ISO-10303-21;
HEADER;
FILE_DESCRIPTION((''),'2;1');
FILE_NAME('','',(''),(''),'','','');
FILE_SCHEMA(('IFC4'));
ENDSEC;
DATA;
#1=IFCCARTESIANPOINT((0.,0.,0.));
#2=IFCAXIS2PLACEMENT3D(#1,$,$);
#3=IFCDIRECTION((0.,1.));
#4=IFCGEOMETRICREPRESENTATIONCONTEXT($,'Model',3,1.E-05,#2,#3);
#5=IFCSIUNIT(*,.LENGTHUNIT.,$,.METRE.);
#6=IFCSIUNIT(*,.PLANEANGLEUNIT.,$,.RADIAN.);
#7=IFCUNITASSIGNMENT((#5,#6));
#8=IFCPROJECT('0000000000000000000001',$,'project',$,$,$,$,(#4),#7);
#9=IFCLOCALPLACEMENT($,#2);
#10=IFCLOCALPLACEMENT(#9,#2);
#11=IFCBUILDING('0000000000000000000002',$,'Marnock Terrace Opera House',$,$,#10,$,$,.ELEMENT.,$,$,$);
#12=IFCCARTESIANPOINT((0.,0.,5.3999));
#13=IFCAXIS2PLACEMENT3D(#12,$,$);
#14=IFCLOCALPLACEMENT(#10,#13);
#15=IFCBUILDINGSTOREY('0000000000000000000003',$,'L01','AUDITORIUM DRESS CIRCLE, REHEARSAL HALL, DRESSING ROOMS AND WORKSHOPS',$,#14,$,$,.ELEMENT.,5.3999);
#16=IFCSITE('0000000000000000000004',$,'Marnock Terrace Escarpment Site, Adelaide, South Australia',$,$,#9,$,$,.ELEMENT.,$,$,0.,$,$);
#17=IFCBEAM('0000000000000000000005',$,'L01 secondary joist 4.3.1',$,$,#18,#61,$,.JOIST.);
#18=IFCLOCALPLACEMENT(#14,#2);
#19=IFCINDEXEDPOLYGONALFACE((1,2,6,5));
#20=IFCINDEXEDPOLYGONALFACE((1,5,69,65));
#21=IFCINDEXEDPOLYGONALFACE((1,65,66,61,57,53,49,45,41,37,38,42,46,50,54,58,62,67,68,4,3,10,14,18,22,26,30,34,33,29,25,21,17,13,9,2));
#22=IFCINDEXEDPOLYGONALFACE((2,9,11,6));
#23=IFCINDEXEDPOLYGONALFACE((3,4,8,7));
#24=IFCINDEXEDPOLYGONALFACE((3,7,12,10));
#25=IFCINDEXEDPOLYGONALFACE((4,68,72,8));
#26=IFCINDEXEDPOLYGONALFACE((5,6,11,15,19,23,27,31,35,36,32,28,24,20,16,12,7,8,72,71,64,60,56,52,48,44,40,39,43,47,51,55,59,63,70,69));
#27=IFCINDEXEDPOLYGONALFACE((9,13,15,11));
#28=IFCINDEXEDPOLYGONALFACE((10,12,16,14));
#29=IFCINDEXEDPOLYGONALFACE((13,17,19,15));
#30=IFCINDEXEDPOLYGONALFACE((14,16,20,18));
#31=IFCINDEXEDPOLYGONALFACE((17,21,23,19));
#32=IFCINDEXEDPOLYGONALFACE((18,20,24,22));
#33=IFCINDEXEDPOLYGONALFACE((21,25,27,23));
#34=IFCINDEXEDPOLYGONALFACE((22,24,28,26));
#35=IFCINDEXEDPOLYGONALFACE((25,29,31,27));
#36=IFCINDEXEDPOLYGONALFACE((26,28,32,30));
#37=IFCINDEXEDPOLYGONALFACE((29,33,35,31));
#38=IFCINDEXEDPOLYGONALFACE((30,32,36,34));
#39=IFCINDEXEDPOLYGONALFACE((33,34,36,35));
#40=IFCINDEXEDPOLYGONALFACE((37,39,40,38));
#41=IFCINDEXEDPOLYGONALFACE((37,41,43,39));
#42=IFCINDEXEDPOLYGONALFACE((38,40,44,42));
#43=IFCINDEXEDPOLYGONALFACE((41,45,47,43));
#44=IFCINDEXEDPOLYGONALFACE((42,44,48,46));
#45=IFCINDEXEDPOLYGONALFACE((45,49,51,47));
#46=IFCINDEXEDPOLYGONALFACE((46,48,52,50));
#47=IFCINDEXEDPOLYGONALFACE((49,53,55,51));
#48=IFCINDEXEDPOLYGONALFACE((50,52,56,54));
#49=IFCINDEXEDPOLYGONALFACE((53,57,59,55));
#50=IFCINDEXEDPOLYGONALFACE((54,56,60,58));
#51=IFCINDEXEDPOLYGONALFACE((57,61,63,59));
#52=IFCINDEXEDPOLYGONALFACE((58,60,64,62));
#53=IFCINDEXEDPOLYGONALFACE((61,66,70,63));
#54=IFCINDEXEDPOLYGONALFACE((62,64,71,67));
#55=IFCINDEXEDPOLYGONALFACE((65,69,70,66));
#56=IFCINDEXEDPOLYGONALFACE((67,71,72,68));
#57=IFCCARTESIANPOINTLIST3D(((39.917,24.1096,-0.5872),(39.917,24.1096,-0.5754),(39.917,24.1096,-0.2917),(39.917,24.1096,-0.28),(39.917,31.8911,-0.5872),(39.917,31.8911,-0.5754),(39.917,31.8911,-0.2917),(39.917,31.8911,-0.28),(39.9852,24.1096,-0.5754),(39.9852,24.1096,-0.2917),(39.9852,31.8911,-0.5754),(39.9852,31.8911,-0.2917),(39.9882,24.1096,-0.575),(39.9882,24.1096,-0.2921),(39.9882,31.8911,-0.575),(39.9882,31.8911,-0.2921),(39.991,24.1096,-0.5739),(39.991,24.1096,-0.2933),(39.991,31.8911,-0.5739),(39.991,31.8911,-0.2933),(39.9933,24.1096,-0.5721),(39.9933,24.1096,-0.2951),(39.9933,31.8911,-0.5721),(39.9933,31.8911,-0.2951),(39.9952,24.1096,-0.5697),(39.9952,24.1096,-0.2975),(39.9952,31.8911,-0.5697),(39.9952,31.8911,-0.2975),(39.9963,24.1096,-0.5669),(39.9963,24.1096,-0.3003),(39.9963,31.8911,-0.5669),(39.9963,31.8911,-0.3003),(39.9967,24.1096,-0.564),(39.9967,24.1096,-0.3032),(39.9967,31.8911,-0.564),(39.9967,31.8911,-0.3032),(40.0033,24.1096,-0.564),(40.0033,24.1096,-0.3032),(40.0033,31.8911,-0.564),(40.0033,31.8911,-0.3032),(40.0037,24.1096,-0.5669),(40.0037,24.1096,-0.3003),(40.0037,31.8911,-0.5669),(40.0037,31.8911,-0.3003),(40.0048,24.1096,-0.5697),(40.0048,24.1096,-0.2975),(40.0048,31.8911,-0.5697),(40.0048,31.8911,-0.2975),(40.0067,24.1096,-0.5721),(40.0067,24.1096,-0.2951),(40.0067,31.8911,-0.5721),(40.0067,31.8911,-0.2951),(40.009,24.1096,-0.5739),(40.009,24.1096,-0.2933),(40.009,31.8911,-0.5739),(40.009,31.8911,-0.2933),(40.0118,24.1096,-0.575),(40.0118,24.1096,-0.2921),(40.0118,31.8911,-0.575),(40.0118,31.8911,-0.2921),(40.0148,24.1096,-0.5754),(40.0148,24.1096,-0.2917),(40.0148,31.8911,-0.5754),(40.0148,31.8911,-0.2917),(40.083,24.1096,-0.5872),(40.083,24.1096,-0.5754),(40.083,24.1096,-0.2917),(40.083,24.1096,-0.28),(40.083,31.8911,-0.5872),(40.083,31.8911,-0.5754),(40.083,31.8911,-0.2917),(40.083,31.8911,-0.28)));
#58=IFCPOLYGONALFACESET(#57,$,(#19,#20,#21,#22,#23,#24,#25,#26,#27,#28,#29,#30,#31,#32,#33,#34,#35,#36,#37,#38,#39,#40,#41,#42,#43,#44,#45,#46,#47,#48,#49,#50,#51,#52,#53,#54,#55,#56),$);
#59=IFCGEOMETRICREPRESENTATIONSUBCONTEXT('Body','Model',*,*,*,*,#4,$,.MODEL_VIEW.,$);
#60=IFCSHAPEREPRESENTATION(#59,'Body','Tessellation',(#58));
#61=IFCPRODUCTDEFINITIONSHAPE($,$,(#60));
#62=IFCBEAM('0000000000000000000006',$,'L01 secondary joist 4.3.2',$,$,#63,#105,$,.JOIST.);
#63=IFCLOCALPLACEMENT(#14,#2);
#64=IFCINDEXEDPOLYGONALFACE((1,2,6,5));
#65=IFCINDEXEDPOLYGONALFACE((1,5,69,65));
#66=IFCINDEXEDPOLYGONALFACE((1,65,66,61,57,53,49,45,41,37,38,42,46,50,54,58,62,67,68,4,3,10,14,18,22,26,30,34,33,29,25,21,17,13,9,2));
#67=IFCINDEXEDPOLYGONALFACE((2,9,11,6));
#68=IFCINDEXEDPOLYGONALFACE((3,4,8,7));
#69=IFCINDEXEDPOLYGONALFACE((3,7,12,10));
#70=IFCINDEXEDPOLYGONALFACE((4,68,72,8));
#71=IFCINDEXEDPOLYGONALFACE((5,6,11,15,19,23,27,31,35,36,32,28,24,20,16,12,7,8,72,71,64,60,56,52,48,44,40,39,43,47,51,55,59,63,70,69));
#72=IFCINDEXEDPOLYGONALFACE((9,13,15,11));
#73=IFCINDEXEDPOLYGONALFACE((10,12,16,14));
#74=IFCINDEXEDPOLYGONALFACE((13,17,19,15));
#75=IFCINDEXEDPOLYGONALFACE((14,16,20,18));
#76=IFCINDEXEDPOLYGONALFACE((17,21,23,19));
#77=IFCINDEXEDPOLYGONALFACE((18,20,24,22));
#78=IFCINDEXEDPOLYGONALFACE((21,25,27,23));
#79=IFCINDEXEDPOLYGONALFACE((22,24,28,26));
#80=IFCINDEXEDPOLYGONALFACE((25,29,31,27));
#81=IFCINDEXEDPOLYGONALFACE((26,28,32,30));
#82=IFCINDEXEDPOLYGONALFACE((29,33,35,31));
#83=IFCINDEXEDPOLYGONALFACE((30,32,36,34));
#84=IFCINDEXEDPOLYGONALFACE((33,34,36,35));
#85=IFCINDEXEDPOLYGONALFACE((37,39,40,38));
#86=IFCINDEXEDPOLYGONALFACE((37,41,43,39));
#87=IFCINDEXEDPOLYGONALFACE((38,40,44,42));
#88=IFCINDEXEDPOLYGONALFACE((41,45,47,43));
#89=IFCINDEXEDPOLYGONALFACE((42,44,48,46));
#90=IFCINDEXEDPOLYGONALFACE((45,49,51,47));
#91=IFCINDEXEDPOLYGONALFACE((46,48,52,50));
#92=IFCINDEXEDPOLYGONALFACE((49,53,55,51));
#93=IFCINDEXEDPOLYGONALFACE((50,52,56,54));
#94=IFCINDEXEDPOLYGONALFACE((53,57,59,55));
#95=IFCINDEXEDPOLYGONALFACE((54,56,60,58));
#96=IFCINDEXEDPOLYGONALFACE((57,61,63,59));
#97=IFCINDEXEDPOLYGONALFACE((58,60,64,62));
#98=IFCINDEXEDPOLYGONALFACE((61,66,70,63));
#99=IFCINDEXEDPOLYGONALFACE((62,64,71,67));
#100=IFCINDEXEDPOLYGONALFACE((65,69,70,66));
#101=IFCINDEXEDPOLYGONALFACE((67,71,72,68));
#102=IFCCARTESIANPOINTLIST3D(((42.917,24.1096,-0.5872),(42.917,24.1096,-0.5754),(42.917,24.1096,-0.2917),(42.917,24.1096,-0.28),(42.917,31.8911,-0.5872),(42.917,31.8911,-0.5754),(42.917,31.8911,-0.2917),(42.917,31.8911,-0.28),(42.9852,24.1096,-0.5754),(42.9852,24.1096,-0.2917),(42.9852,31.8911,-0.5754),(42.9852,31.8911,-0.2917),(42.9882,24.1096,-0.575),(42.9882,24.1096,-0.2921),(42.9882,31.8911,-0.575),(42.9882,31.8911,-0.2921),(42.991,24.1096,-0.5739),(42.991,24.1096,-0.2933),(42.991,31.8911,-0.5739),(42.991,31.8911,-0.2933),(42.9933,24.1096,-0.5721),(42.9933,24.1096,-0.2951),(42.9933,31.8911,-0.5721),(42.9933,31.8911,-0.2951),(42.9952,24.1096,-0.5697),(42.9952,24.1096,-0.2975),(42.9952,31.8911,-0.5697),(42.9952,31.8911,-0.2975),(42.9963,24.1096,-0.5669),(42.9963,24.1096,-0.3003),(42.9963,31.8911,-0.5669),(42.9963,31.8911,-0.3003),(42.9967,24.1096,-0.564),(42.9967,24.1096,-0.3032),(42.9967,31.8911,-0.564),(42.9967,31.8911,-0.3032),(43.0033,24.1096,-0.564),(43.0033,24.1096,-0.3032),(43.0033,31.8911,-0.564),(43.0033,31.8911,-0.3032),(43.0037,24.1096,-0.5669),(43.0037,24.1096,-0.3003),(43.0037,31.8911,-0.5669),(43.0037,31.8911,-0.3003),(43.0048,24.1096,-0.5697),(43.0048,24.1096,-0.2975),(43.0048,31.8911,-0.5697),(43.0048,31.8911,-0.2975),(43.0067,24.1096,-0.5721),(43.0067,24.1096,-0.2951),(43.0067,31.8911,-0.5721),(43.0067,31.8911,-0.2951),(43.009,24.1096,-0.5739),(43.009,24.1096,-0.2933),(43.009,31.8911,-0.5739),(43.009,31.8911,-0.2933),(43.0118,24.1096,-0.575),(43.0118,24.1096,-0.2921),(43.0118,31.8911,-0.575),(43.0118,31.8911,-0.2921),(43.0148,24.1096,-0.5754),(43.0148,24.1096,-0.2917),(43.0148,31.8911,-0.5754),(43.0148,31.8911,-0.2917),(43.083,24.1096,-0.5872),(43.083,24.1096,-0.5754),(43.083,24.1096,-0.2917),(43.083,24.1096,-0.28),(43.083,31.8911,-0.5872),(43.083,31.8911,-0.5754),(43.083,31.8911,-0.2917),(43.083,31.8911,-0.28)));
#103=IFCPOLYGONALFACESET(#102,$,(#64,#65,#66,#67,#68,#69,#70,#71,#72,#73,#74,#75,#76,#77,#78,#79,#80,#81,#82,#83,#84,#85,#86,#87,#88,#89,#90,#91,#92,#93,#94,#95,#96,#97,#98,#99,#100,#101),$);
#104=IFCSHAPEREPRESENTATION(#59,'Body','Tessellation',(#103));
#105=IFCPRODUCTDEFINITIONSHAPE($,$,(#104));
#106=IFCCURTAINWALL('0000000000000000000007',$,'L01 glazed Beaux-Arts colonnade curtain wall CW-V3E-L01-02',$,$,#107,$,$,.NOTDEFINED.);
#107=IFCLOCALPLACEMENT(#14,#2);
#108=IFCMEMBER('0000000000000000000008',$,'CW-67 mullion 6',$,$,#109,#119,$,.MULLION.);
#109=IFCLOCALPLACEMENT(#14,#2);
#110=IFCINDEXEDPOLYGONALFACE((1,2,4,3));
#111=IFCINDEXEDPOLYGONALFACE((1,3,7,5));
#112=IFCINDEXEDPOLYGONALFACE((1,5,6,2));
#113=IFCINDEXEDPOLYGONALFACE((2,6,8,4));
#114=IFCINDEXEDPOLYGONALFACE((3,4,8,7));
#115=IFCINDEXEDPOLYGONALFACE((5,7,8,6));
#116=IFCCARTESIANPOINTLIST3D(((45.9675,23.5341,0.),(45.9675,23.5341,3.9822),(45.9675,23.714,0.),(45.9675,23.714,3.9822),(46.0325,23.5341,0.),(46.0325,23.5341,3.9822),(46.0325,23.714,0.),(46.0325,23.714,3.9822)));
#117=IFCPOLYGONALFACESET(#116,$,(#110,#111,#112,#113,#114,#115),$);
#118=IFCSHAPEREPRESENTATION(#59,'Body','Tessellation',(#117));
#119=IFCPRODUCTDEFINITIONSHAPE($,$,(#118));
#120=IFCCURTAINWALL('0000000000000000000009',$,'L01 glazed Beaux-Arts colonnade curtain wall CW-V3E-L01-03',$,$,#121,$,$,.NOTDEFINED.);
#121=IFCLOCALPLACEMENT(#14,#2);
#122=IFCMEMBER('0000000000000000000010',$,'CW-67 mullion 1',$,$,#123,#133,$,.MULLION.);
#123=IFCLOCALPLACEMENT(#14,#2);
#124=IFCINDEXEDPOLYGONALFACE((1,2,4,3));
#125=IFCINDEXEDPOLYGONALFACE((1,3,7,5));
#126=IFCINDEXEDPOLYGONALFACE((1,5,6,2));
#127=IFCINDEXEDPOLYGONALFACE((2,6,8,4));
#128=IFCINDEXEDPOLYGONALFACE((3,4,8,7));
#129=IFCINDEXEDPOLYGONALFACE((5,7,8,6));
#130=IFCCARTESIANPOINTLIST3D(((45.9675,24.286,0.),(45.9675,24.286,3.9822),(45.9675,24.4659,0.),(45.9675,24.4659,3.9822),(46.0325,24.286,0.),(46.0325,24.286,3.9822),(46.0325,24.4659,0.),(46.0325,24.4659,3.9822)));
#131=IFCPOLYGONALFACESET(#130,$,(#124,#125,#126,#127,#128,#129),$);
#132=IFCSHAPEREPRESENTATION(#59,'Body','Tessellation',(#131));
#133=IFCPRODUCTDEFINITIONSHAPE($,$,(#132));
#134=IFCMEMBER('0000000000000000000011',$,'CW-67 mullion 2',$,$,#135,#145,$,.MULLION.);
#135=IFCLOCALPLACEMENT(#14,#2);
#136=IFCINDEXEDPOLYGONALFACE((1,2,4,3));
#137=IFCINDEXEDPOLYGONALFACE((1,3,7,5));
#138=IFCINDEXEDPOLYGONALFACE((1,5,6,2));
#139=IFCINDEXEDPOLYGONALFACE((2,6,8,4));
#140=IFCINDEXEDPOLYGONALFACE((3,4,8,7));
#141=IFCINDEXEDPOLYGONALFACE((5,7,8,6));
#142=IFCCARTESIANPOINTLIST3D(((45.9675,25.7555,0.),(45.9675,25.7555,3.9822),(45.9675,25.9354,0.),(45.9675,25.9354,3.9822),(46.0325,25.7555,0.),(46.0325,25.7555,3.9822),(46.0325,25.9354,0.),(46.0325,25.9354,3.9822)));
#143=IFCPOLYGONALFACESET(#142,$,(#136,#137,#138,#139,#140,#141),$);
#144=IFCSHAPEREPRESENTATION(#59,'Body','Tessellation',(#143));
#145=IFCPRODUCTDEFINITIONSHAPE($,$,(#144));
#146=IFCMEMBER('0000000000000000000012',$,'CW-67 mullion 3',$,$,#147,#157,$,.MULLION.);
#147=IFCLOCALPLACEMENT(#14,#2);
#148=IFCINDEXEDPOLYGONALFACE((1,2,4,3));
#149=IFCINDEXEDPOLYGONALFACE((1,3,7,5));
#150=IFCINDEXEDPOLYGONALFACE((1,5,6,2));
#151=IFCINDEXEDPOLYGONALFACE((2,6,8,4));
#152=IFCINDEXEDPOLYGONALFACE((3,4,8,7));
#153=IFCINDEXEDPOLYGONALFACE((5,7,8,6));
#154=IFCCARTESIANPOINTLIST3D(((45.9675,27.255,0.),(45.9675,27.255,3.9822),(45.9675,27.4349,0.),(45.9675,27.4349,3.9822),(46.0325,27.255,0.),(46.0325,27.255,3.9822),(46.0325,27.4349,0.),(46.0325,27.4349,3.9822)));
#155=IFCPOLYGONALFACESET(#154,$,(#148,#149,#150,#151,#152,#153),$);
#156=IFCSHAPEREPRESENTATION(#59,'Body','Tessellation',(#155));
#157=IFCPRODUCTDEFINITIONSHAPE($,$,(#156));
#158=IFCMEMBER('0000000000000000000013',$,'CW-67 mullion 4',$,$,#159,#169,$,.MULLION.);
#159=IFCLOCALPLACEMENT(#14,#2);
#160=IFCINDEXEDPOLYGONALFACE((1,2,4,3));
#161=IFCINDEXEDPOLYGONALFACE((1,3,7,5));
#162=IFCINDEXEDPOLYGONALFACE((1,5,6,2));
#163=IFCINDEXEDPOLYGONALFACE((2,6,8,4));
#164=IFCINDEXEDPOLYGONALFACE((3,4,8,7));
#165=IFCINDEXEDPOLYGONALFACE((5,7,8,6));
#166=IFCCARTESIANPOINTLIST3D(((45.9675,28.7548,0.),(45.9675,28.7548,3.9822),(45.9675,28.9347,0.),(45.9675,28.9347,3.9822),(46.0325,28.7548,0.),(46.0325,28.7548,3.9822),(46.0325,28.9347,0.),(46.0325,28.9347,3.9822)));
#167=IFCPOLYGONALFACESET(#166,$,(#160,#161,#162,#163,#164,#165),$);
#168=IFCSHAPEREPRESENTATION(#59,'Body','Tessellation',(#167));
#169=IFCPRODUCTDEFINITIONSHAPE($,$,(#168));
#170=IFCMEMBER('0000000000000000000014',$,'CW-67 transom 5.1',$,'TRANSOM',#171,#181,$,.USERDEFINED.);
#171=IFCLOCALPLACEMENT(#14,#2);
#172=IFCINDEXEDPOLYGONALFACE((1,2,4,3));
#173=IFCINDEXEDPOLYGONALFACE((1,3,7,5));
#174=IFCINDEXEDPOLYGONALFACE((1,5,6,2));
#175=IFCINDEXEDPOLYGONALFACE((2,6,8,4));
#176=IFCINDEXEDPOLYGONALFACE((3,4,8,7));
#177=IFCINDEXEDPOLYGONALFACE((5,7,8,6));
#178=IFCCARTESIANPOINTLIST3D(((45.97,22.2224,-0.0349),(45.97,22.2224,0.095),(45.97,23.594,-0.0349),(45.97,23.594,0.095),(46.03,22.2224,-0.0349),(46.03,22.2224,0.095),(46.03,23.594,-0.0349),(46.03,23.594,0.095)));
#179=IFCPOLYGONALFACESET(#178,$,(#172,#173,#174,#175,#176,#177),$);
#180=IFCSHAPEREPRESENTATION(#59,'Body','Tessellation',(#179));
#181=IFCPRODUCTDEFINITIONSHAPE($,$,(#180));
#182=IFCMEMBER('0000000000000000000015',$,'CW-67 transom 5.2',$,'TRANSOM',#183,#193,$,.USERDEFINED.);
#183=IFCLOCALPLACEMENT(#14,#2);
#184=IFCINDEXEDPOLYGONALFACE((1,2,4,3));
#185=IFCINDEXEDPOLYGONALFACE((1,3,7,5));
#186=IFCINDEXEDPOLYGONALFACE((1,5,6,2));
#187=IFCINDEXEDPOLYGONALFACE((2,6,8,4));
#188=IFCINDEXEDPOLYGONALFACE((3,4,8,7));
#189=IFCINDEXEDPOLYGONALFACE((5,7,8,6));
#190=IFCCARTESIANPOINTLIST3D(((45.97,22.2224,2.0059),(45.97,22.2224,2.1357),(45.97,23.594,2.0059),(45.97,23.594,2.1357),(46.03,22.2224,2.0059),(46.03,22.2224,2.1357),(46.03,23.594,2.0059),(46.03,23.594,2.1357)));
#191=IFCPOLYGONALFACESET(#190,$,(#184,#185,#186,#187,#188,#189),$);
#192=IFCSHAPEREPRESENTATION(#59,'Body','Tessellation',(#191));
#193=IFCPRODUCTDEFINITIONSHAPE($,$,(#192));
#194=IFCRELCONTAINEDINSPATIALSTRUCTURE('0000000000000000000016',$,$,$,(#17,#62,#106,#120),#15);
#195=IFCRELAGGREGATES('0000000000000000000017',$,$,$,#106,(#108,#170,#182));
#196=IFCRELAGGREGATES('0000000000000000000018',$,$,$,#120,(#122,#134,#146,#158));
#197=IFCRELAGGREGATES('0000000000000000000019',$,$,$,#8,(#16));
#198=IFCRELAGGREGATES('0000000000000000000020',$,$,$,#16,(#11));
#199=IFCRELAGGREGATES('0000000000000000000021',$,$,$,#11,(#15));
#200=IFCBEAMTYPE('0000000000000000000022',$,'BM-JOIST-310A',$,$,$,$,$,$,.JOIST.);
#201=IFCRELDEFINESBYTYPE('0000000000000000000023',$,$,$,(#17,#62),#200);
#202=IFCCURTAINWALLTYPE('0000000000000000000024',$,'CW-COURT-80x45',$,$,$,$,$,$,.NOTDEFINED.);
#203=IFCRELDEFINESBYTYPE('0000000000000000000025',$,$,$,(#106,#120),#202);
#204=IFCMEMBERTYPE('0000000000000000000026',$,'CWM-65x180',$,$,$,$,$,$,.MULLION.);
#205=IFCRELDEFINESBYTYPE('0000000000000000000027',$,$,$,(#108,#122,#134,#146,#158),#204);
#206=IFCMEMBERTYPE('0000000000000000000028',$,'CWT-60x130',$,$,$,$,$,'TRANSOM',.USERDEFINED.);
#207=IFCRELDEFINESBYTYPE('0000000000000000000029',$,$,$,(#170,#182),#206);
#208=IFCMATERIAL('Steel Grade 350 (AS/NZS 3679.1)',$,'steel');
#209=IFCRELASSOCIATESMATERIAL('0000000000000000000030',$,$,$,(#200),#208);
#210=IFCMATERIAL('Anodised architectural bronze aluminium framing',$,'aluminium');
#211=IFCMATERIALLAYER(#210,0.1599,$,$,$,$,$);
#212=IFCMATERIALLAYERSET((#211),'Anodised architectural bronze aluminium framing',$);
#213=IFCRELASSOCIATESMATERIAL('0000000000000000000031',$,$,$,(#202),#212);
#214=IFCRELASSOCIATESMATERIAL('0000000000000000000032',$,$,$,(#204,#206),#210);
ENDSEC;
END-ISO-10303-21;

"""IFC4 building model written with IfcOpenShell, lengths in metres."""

from ifc_helpers import new_model, si_unit, direction, frame, origin, origin_2d, place, context, subcontext, project, spatial, rectangle, i_section, extrude, material, layer, layer_set, material_profile, profile_set, type_object, element, aggregate, save


model = new_model("IFC4")

# Units and contexts
model_context = context("Model", 3, precision=1e-05, world=origin(), true_north=direction((0.0, 1.0)))
body_context = subcontext(model_context, "Body", "Model", "MODEL_VIEW")
ifc_project = project(units=[si_unit("LENGTHUNIT", "METRE"), si_unit("PLANEANGLEUNIT", "RADIAN")], contexts=[model_context])

# Site, building, storey
site_placement = place(None, origin())
site = spatial("IfcSite", under=ifc_project, at=site_placement, Name="Marnock Terrace Escarpment Site, Adelaide, South Australia", CompositionType="ELEMENT", RefElevation=0.0)
building_placement = place(site_placement, origin())
building = spatial("IfcBuilding", under=site, at=building_placement, Name="Marnock Terrace Opera House", CompositionType="ELEMENT")
storey_placement = place(building_placement, frame((0.0, 0.0, 5.3999)))
storey = spatial("IfcBuildingStorey", under=building, at=storey_placement, Name="L01", Description="AUDITORIUM DRESS CIRCLE, REHEARSAL HALL, DRESSING ROOMS AND WORKSHOPS", CompositionType="ELEMENT", Elevation=5.3999)

# Beams
ifc_material_1 = material(Name="Steel Grade 350 (AS/NZS 3679.1)", Category="steel")
ifc_material_profile_1 = material_profile(ifc_material_1, i_section(OverallWidth=0.166, OverallDepth=0.3071, WebThickness=0.0066, FlangeThickness=0.0117, FilletRadius=0.0115, at=origin_2d()))
ifc_profile_set_1 = profile_set([ifc_material_profile_1], Name="Steel Grade 350 (AS/NZS 3679.1)")
beam_type_1 = type_object("IfcBeamType", Name="BM-JOIST-310A", PredefinedType="JOIST", material=ifc_profile_set_1)
for number, where, z_axis, x_axis, name in (
    (1, (40.0, 24.1096, -0.4336), (0.0, 1.0, 0.0), (-1.0, 0.0, 0.0), "L01 secondary joist 4.3.1"),
    (2, (43.0, 24.1096, -0.4336), (0.0, 1.0, 0.0), (-1.0, 0.0, 0.0), "L01 secondary joist 4.3.2"),
):
    element("IfcBeam", number, at=place(storey_placement, frame(where, z_axis=z_axis, x_axis=x_axis)), inside=storey, type_object=beam_type_1, Name=name, PredefinedType="JOIST", context=body_context, shape_type="SweptSolid", body=[
        extrude(i_section(OverallWidth=0.166, OverallDepth=0.3071, WebThickness=0.0066, FlangeThickness=0.0117, FilletRadius=0.0115, at=origin_2d()), origin(), (0.0, 0.0, 1.0), 7.7815),
    ])

# Curtain wall, member
ifc_material_2 = material(Name="Anodised architectural bronze aluminium framing", Category="aluminium")
ifc_layer_1 = layer(ifc_material_2, 0.1599)
ifc_layer_set_1 = layer_set([ifc_layer_1], Name="Anodised architectural bronze aluminium framing")
curtain_wall_type = type_object("IfcCurtainWallType", Name="CW-COURT-80x45", PredefinedType="NOTDEFINED", material=ifc_layer_set_1)
curtain_wall_1_placement = place(storey_placement, origin())
curtain_wall_1 = element("IfcCurtainWall", 3, at=curtain_wall_1_placement, inside=storey, type_object=curtain_wall_type, Name="L01 glazed Beaux-Arts colonnade curtain wall CW-V3E-L01-02", PredefinedType="NOTDEFINED")
ifc_material_profile_2 = material_profile(ifc_material_2, rectangle(XDim=0.0649, YDim=0.1799, at=origin_2d()))
ifc_profile_set_2 = profile_set([ifc_material_profile_2], Name="Anodised architectural bronze aluminium framing")
member_type_1 = type_object("IfcMemberType", Name="CWM-65x180", PredefinedType="MULLION", material=ifc_profile_set_2)
member_1_placement = place(storey_placement, frame((46.0, 23.624, 0.0), z_axis=(0.0, 0.0, 1.0), x_axis=(-1.0, 0.0, 0.0)))
member_1 = element("IfcMember", 4, at=member_1_placement, type_object=member_type_1, Name="CW-67 mullion 6", PredefinedType="MULLION", context=body_context, shape_type="SweptSolid", body=[
    extrude(rectangle(XDim=0.0649, YDim=0.1799, at=origin_2d()), origin(), (0.0, 0.0, 1.0), 3.9822),
])

# Curtain wall, members
curtain_wall_2_placement = place(storey_placement, origin())
curtain_wall_2 = element("IfcCurtainWall", 5, at=curtain_wall_2_placement, inside=storey, type_object=curtain_wall_type, Name="L01 glazed Beaux-Arts colonnade curtain wall CW-V3E-L01-03", PredefinedType="NOTDEFINED")
member_2_placement = place(storey_placement, frame((46.0, 24.376, 0.0), z_axis=(0.0, 0.0, 1.0), x_axis=(-1.0, 0.0, 0.0)))
member_2 = element("IfcMember", 6, at=member_2_placement, type_object=member_type_1, Name="CW-67 mullion 1", PredefinedType="MULLION", context=body_context, shape_type="SweptSolid", body=[
    extrude(rectangle(XDim=0.0649, YDim=0.1799, at=origin_2d()), origin(), (0.0, 0.0, 1.0), 3.9822),
])
member_3_placement = place(storey_placement, frame((46.0, 25.8455, 0.0), z_axis=(0.0, 0.0, 1.0), x_axis=(-1.0, 0.0, 0.0)))
member_3 = element("IfcMember", 7, at=member_3_placement, type_object=member_type_1, Name="CW-67 mullion 2", PredefinedType="MULLION", context=body_context, shape_type="SweptSolid", body=[
    extrude(rectangle(XDim=0.0649, YDim=0.1799, at=origin_2d()), origin(), (0.0, 0.0, 1.0), 3.9822),
])
member_4_placement = place(storey_placement, frame((46.0, 27.345, 0.0), z_axis=(0.0, 0.0, 1.0), x_axis=(-1.0, 0.0, 0.0)))
member_4 = element("IfcMember", 8, at=member_4_placement, type_object=member_type_1, Name="CW-67 mullion 3", PredefinedType="MULLION", context=body_context, shape_type="SweptSolid", body=[
    extrude(rectangle(XDim=0.0649, YDim=0.1799, at=origin_2d()), origin(), (0.0, 0.0, 1.0), 3.9822),
])
member_5_placement = place(storey_placement, frame((46.0, 28.8447, 0.0), z_axis=(0.0, 0.0, 1.0), x_axis=(-1.0, 0.0, 0.0)))
member_5 = element("IfcMember", 9, at=member_5_placement, type_object=member_type_1, Name="CW-67 mullion 4", PredefinedType="MULLION", context=body_context, shape_type="SweptSolid", body=[
    extrude(rectangle(XDim=0.0649, YDim=0.1799, at=origin_2d()), origin(), (0.0, 0.0, 1.0), 3.9822),
])

# Members
ifc_material_profile_3 = material_profile(ifc_material_2, rectangle(XDim=0.0601, YDim=0.1299, at=origin_2d()))
ifc_profile_set_3 = profile_set([ifc_material_profile_3], Name="Anodised architectural bronze aluminium framing")
member_type_2 = type_object("IfcMemberType", Name="CWT-60x130", ElementType="TRANSOM", PredefinedType="USERDEFINED", material=ifc_profile_set_3)
member_6_placement = place(storey_placement, frame((46.0, 22.2224, 0.03), z_axis=(0.0, 1.0, 0.0), x_axis=(-1.0, 0.0, 0.0)))
member_6 = element("IfcMember", 10, at=member_6_placement, type_object=member_type_2, Name="CW-67 transom 5.1", ObjectType="TRANSOM", PredefinedType="USERDEFINED", context=body_context, shape_type="SweptSolid", body=[
    extrude(rectangle(XDim=0.0601, YDim=0.1299, at=origin_2d()), origin(), (0.0, 0.0, 1.0), 1.3716),
])
member_7_placement = place(storey_placement, frame((46.0, 22.2224, 2.0708), z_axis=(0.0, 1.0, 0.0), x_axis=(-1.0, 0.0, 0.0)))
member_7 = element("IfcMember", 11, at=member_7_placement, type_object=member_type_2, Name="CW-67 transom 5.2", ObjectType="TRANSOM", PredefinedType="USERDEFINED", context=body_context, shape_type="SweptSolid", body=[
    extrude(rectangle(XDim=0.0601, YDim=0.1299, at=origin_2d()), origin(), (0.0, 0.0, 1.0), 1.3716),
])

aggregate(curtain_wall_1, [member_1, member_6, member_7])
aggregate(curtain_wall_2, [member_2, member_3, member_4, member_5])

save(model, "model.ifc")
